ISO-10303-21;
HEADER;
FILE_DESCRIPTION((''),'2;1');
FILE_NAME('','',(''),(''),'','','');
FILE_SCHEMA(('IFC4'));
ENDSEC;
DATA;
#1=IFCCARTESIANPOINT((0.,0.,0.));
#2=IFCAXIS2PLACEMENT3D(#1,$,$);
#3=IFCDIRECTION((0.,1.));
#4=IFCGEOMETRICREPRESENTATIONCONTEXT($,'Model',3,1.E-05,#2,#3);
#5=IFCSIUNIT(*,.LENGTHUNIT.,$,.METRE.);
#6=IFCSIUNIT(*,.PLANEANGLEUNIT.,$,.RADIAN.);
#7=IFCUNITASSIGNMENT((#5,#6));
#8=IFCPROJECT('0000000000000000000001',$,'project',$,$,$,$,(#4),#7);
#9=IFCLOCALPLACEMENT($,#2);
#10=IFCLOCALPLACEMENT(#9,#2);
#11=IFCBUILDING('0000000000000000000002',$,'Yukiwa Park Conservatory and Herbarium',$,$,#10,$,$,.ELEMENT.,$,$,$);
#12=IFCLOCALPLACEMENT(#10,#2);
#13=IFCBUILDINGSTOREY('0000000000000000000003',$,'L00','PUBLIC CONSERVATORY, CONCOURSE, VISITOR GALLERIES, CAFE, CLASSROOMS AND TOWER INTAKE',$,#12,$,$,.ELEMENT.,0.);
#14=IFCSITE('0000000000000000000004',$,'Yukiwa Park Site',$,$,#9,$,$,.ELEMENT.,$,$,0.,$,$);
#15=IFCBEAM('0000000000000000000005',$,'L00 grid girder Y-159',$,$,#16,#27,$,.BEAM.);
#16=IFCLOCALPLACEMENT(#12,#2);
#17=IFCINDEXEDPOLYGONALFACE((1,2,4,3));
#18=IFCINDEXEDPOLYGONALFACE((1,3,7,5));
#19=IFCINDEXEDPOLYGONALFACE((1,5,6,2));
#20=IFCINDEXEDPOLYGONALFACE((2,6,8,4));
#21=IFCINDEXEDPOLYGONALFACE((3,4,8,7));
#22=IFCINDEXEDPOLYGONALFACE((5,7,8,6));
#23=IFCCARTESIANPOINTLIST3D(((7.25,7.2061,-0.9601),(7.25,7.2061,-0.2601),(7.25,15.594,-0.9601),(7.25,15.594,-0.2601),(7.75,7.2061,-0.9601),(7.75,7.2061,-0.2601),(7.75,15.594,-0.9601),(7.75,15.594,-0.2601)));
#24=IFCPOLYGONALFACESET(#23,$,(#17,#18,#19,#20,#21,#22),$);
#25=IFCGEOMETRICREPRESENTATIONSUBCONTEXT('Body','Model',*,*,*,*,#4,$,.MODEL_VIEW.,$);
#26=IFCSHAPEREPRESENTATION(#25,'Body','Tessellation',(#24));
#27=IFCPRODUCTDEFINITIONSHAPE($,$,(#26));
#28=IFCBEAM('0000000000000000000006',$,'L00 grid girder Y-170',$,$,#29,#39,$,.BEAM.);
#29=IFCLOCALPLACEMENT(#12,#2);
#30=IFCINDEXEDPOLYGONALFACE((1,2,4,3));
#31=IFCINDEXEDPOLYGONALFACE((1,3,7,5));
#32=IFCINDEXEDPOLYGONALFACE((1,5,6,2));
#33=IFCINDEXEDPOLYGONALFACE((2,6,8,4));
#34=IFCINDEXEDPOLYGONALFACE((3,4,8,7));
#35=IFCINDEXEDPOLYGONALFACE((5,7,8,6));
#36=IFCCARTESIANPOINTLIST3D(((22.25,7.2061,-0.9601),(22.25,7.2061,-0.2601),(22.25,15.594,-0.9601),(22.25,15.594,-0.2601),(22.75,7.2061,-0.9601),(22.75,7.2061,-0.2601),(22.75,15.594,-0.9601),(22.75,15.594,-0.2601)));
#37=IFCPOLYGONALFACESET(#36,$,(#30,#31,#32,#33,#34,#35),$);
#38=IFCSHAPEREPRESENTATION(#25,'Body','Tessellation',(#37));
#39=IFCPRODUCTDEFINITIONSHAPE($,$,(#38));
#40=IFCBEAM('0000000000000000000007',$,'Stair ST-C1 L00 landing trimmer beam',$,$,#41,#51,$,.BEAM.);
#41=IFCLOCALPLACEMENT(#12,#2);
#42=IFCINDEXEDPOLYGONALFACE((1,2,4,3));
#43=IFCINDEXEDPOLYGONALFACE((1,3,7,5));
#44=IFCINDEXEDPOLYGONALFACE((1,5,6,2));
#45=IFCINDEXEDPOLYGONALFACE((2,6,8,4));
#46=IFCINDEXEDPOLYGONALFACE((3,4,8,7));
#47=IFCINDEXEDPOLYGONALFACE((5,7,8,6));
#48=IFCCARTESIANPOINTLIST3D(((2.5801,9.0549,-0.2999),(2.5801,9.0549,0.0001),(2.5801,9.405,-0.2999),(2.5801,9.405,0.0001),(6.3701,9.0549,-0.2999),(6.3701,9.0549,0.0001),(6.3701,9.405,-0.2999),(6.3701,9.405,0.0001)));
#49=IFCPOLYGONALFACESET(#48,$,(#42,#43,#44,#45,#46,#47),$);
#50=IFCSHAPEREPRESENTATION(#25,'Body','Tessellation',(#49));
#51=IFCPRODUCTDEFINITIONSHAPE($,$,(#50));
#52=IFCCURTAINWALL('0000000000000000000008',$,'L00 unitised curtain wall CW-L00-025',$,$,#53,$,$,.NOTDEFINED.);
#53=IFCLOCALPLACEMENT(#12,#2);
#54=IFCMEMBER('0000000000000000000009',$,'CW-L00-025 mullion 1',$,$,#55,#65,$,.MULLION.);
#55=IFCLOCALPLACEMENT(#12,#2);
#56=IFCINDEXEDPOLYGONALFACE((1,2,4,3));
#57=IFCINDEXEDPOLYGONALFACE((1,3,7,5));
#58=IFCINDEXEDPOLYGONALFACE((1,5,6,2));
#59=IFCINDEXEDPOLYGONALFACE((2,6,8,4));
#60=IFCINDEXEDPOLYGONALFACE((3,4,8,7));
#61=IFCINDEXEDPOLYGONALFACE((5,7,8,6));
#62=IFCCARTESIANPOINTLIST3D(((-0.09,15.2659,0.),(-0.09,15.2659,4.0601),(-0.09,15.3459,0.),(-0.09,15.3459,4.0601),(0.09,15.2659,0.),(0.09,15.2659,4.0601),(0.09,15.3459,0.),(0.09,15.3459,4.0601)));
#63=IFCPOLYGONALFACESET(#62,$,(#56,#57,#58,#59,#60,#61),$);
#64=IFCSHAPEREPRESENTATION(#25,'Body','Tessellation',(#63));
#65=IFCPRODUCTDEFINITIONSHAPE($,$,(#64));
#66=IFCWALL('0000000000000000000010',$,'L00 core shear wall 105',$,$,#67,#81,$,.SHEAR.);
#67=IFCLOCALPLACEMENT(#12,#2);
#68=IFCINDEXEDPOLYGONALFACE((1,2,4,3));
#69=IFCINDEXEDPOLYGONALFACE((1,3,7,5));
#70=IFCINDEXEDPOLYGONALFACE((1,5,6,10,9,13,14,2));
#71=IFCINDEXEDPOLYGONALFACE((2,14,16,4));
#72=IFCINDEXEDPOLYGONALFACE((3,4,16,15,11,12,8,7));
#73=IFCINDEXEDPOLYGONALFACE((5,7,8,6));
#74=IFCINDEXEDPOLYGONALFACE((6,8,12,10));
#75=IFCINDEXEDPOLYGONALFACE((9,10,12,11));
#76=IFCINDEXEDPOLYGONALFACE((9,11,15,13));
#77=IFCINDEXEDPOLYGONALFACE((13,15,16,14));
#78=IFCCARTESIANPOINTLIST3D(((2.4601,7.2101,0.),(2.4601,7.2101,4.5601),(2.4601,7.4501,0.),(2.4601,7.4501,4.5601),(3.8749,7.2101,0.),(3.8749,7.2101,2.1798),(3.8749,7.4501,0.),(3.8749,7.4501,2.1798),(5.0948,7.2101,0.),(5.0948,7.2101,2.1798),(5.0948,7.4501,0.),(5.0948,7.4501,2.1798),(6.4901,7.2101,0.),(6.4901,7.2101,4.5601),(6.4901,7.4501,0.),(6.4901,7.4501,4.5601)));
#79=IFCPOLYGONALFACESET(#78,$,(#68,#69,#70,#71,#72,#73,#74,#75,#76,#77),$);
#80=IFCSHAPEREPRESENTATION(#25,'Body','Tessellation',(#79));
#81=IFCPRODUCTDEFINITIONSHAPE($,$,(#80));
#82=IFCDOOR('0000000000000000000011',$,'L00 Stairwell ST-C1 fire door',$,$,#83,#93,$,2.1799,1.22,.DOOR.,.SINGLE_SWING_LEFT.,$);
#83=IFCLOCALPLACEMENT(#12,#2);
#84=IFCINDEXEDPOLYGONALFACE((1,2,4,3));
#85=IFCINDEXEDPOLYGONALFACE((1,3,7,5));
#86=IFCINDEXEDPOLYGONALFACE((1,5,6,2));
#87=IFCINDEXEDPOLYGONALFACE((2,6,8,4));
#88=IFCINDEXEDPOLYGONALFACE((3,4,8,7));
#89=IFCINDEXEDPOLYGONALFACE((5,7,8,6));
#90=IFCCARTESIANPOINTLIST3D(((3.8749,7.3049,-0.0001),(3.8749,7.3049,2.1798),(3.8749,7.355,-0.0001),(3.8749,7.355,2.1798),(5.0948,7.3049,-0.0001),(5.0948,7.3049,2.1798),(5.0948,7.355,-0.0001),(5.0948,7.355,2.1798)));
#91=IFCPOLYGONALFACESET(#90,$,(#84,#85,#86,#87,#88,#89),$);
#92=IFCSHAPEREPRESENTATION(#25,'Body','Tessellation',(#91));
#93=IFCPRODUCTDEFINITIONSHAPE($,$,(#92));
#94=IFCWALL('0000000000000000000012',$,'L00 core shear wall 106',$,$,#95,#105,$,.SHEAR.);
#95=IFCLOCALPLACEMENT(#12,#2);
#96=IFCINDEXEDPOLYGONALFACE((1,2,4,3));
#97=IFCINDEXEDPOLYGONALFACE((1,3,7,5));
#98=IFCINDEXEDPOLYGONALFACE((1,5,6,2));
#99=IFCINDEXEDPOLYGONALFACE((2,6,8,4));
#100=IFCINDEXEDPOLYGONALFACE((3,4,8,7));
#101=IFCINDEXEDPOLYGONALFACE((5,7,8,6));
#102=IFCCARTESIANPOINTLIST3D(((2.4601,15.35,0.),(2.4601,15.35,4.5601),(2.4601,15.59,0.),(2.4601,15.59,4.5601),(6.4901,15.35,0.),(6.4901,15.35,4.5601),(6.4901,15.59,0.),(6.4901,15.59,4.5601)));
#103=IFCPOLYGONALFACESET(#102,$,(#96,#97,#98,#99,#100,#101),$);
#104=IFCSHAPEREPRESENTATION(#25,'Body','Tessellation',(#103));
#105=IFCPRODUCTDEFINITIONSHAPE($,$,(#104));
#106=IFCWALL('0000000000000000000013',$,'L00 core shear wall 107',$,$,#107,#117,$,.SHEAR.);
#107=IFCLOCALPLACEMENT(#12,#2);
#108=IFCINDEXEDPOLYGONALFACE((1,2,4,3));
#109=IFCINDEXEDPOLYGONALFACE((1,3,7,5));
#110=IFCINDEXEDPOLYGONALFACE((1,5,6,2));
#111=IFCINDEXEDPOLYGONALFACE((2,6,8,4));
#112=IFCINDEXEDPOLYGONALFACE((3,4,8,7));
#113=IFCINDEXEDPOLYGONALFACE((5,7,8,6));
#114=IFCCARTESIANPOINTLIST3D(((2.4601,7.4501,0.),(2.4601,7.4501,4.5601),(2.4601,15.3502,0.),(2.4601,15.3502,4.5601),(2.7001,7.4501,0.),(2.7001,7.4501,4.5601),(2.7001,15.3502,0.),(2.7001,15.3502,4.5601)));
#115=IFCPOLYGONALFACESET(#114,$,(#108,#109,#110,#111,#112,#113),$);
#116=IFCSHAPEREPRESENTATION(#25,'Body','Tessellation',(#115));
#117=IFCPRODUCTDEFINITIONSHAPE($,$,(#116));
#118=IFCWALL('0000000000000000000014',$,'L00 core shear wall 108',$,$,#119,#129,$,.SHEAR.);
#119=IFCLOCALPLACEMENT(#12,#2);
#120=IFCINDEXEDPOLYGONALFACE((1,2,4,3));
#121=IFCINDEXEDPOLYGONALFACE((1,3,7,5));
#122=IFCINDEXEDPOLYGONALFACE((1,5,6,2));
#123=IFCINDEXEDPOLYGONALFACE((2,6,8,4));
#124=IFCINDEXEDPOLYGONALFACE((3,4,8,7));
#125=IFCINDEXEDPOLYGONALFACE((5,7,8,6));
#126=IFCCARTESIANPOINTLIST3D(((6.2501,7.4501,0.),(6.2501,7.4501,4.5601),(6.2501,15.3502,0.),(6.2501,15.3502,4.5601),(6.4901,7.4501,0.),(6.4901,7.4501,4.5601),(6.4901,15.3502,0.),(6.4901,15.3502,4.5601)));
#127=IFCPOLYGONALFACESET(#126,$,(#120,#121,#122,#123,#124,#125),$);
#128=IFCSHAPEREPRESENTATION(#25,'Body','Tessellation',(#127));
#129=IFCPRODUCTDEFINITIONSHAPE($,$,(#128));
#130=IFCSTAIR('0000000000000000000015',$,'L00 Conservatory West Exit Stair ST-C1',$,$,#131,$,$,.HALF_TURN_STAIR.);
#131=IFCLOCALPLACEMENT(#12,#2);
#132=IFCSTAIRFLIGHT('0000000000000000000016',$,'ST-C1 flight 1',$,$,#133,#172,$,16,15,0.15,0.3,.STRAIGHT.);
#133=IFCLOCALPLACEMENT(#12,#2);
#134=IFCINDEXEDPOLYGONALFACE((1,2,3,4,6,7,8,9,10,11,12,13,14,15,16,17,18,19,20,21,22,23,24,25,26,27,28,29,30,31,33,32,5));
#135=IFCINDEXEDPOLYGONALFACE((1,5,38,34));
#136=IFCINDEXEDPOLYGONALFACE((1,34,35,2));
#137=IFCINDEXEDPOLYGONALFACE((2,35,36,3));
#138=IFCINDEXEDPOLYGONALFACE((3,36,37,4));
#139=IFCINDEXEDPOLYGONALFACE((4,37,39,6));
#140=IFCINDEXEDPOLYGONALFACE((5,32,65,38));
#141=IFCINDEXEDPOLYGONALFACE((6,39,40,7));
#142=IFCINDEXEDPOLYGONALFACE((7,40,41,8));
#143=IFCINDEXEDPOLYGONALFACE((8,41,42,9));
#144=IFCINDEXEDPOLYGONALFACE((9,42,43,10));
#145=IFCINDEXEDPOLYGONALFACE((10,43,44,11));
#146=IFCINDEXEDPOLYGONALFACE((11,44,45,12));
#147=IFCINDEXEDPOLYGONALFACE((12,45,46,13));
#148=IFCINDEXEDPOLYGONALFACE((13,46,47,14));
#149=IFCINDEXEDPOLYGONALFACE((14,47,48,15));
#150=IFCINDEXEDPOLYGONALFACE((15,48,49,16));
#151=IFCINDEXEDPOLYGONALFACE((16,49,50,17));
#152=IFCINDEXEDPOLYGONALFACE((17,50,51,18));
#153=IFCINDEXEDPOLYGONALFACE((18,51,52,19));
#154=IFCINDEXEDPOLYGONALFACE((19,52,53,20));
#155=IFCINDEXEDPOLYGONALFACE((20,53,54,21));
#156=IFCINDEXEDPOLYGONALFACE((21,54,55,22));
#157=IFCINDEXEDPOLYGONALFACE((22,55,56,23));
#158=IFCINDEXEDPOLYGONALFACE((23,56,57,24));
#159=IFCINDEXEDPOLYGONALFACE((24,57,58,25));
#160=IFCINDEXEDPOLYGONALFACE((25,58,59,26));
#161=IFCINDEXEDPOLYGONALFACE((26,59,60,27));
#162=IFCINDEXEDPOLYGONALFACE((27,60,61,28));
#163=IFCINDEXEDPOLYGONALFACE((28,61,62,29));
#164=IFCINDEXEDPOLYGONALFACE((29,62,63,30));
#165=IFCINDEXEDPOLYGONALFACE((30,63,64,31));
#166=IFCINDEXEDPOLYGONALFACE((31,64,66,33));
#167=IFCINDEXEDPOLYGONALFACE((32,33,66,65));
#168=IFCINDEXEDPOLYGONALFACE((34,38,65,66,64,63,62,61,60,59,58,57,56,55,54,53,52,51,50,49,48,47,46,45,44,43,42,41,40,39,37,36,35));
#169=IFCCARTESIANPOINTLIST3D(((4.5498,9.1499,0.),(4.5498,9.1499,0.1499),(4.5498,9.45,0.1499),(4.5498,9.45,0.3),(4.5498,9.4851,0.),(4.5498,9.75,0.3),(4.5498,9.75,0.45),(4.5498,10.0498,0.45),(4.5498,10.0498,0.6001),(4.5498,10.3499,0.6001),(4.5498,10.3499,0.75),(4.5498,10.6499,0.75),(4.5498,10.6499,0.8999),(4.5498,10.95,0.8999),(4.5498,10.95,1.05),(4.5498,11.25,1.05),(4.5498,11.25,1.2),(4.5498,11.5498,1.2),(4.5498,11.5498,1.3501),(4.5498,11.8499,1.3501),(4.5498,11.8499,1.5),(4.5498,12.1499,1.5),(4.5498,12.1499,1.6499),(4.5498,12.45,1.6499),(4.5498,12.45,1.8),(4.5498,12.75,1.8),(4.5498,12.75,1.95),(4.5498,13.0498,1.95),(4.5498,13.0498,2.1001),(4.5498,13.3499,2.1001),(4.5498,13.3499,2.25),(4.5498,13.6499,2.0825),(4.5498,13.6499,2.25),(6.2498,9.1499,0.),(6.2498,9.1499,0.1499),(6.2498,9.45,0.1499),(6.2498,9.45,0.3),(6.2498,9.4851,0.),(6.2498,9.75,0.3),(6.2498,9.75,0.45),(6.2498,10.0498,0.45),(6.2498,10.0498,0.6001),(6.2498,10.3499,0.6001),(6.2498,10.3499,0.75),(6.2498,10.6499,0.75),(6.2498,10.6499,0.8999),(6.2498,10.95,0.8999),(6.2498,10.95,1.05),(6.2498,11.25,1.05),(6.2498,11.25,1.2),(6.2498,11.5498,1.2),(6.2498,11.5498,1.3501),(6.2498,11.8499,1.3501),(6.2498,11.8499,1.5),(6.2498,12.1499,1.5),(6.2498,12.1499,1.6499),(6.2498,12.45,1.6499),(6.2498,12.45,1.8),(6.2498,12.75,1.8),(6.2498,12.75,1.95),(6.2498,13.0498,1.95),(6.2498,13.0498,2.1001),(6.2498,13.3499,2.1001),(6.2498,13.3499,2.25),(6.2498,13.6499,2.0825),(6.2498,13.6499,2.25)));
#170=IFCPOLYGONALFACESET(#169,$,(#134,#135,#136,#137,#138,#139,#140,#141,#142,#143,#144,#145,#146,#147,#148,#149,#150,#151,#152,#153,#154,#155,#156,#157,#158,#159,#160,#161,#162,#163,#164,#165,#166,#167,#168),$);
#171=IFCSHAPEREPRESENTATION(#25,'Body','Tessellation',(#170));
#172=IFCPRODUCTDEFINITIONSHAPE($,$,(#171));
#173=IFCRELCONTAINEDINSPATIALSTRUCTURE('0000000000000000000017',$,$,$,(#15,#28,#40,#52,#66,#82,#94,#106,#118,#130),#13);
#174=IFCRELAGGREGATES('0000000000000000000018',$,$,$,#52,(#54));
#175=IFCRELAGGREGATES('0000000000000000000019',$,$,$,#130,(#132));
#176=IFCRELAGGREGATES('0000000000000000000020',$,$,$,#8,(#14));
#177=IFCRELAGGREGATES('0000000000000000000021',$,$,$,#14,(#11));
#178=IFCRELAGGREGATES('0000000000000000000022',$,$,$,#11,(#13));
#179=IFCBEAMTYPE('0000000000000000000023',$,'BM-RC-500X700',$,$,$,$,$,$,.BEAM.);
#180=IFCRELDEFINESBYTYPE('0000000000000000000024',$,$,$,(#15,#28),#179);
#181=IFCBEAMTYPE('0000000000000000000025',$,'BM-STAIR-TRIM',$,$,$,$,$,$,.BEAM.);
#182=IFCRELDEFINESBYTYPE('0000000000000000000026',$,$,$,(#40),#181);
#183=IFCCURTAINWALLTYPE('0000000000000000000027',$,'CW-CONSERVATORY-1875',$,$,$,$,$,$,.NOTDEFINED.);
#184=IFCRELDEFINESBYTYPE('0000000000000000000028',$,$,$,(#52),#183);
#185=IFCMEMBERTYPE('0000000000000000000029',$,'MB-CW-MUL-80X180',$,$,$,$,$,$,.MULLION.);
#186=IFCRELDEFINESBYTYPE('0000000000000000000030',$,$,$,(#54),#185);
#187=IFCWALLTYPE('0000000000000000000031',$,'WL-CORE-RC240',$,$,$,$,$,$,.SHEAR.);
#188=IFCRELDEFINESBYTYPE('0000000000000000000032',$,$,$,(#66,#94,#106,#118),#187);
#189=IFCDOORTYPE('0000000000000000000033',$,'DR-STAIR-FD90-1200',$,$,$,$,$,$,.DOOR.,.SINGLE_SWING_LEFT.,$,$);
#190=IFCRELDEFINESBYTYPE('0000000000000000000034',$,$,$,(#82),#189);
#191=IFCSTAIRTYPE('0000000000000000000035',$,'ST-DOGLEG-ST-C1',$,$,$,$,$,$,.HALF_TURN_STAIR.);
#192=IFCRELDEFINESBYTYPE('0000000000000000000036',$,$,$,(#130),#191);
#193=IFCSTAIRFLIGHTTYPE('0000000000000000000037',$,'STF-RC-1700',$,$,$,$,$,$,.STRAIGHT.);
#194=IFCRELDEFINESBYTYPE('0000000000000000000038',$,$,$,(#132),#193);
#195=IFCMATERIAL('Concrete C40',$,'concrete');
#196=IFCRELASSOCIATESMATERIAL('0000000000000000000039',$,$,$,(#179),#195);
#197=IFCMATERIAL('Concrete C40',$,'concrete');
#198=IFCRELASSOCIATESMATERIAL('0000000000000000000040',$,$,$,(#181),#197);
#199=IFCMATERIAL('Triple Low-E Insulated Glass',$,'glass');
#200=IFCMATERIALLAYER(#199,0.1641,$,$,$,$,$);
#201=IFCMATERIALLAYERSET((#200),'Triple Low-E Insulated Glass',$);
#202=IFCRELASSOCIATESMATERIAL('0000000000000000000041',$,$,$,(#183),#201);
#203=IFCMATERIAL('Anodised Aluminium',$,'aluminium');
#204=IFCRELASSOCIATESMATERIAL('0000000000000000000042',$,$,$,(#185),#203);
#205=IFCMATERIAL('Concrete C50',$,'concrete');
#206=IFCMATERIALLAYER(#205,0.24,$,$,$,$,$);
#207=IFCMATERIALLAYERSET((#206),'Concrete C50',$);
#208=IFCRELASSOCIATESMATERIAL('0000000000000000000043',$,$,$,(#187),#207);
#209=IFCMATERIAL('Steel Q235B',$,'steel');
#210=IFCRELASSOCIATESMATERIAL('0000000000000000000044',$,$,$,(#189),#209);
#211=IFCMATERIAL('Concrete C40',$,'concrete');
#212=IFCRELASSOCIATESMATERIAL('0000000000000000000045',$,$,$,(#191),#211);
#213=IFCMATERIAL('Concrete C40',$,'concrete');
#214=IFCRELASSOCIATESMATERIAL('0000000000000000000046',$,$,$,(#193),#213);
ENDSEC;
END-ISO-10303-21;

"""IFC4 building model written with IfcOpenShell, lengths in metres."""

from ifc_helpers import new_model, si_unit, direction, frame, frame_2d, origin, origin_2d, place, context, subcontext, project, spatial, polyline, rectangle, outline, extrude, material, layer, layer_set, material_profile, profile_set, type_object, element, fill, aggregate, save


model = new_model("IFC4")

# Units and contexts
model_context = context("Model", 3, precision=1e-05, world=origin(), true_north=direction((0.0, 1.0)))
body_context = subcontext(model_context, "Body", "Model", "MODEL_VIEW")
ifc_project = project(units=[si_unit("LENGTHUNIT", "METRE"), si_unit("PLANEANGLEUNIT", "RADIAN")], contexts=[model_context])

# Site, building, storey
site_placement = place(None, origin())
site = spatial("IfcSite", under=ifc_project, at=site_placement, Name="Yukiwa Park Site", CompositionType="ELEMENT", RefElevation=0.0)
building_placement = place(site_placement, origin())
building = spatial("IfcBuilding", under=site, at=building_placement, Name="Yukiwa Park Conservatory and Herbarium", CompositionType="ELEMENT")
storey_placement = place(building_placement, origin())
storey = spatial("IfcBuildingStorey", under=building, at=storey_placement, Name="L00", Description="PUBLIC CONSERVATORY, CONCOURSE, VISITOR GALLERIES, CAFE, CLASSROOMS AND TOWER INTAKE", CompositionType="ELEMENT", Elevation=0.0)

# Beams
ifc_material_1 = material(Name="Concrete C40", Category="concrete")
ifc_material_profile_1 = material_profile(ifc_material_1, rectangle(XDim=0.5, YDim=0.7, at=origin_2d()), Name="RC 500x700")
ifc_profile_set_1 = profile_set([ifc_material_profile_1], Name="Concrete C40")
beam_type_1 = type_object("IfcBeamType", Name="BM-RC-500X700", PredefinedType="BEAM", material=ifc_profile_set_1)
for number, where, z_axis, x_axis, name in (
    (1, (7.5, 7.2061, -0.6101), (0.0, 1.0, 0.0), (-1.0, 0.0, 0.0), "L00 grid girder Y-159"),
    (2, (22.5, 7.2061, -0.6101), (0.0, 1.0, 0.0), (-1.0, 0.0, 0.0), "L00 grid girder Y-170"),
):
    element("IfcBeam", number, at=place(storey_placement, frame(where, z_axis=z_axis, x_axis=x_axis)), inside=storey, type_object=beam_type_1, Name=name, PredefinedType="BEAM", context=body_context, shape_type="SweptSolid", body=[
        extrude(rectangle(XDim=0.5, YDim=0.7, at=origin_2d()), origin(), (0.0, 0.0, 1.0), 8.3879),
    ])
ifc_material_2 = material(Name="Concrete C40", Category="concrete")
ifc_material_profile_2 = material_profile(ifc_material_2, rectangle(XDim=0.3501, YDim=0.3, at=origin_2d()), Name="RC 350x300")
ifc_profile_set_2 = profile_set([ifc_material_profile_2], Name="Concrete C40")
beam_type_2 = type_object("IfcBeamType", Name="BM-STAIR-TRIM", PredefinedType="BEAM", material=ifc_profile_set_2)
beam_placement = place(storey_placement, frame((2.5801, 9.23, -0.1499), z_axis=(1.0, 0.0, 0.0), x_axis=(0.0, 1.0, 0.0)))
element("IfcBeam", 3, at=beam_placement, inside=storey, type_object=beam_type_2, Name="Stair ST-C1 L00 landing trimmer beam", PredefinedType="BEAM", context=body_context, shape_type="SweptSolid", body=[
    extrude(rectangle(XDim=0.3501, YDim=0.3, at=origin_2d()), origin(), (0.0, 0.0, 1.0), 3.79),
])

# Curtain wall, member
ifc_material_3 = material(Name="Triple Low-E Insulated Glass", Category="glass")
ifc_layer_1 = layer(ifc_material_3, 0.1641)
ifc_layer_set_1 = layer_set([ifc_layer_1], Name="Triple Low-E Insulated Glass")
curtain_wall_type = type_object("IfcCurtainWallType", Name="CW-CONSERVATORY-1875", PredefinedType="NOTDEFINED", material=ifc_layer_set_1)
curtain_wall_placement = place(storey_placement, origin())
curtain_wall = element("IfcCurtainWall", 4, at=curtain_wall_placement, inside=storey, type_object=curtain_wall_type, Name="L00 unitised curtain wall CW-L00-025", PredefinedType="NOTDEFINED")
ifc_material_4 = material(Name="Anodised Aluminium", Category="aluminium")
member_type = type_object("IfcMemberType", Name="MB-CW-MUL-80X180", PredefinedType="MULLION", material=ifc_material_4)
member_placement = place(storey_placement, frame((0.0, 15.3059, 0.0), z_axis=(0.0, 0.0, 1.0), x_axis=(0.0, -1.0, 0.0)))
member = element("IfcMember", 5, at=member_placement, type_object=member_type, Name="CW-L00-025 mullion 1", PredefinedType="MULLION", context=body_context, shape_type="SweptSolid", body=[
    extrude(rectangle(XDim=0.0801, YDim=0.1799, at=origin_2d()), origin(), (0.0, 0.0, 1.0), 4.0601),
])
aggregate(curtain_wall, [member])

# Wall, opening, door
ifc_material_5 = material(Name="Concrete C50", Category="concrete")
ifc_layer_2 = layer(ifc_material_5, 0.24)
ifc_layer_set_2 = layer_set([ifc_layer_2], Name="Concrete C50")
wall_type = type_object("IfcWallType", Name="WL-CORE-RC240", PredefinedType="SHEAR", material=ifc_layer_set_2)
wall_1_placement = place(storey_placement, frame((2.46, 7.3301, 0.0), z_axis=(0.0, 0.0, 1.0), x_axis=(1.0, 0.0, 0.0)))
wall_1 = element("IfcWall", 6, at=wall_1_placement, inside=storey, type_object=wall_type, Name="L00 core shear wall 105", PredefinedType="SHEAR", context=body_context, shape_type="SweptSolid", body=[
    extrude(rectangle(XDim=4.03, YDim=0.24, at=frame_2d((2.0151, 0.0))), origin(), (0.0, 0.0, 1.0), 4.5601),
])
opening_placement = place(wall_1_placement, frame((1.415, 0.0, 0.0)))
opening = element("IfcOpeningElement", 7, at=opening_placement, cuts=wall_1, PredefinedType="OPENING", context=body_context, shape_type="SweptSolid", body=[
    extrude(rectangle(XDim=1.22, YDim=2.1799, at=frame_2d((0.6099, 1.0898))), frame((0.0, 0.1299, 0.0), z_axis=(0.0, -1.0, 0.0), x_axis=(1.0, 0.0, 0.0)), (0.0, 0.0, 1.0), 0.26),
])
ifc_material_6 = material(Name="Steel Q235B", Category="steel")
door_type = type_object("IfcDoorType", Name="DR-STAIR-FD90-1200", OperationType="SINGLE_SWING_LEFT", PredefinedType="DOOR", material=ifc_material_6)
door_placement = place(opening_placement, origin())
door = element("IfcDoor", 8, at=door_placement, inside=storey, type_object=door_type, Name="L00 Stairwell ST-C1 fire door", OperationType="SINGLE_SWING_LEFT", OverallHeight=2.1799, OverallWidth=1.22, PredefinedType="DOOR", context=body_context, shape_type="SweptSolid", body=[
    extrude(rectangle(XDim=1.22, YDim=2.1799, at=frame_2d((0.6099, 1.0898))), frame((0.0, 0.0249, 0.0), z_axis=(0.0, -1.0, 0.0), x_axis=(1.0, 0.0, 0.0)), (0.0, 0.0, 1.0), 0.05),
])
fill(opening, door)

# Walls
wall_2_placement = place(storey_placement, frame((2.46, 15.47, 0.0), z_axis=(0.0, 0.0, 1.0), x_axis=(1.0, 0.0, 0.0)))
element("IfcWall", 9, at=wall_2_placement, inside=storey, type_object=wall_type, Name="L00 core shear wall 106", PredefinedType="SHEAR", context=body_context, shape_type="SweptSolid", body=[
    extrude(rectangle(XDim=4.03, YDim=0.24, at=frame_2d((2.0151, 0.0))), origin(), (0.0, 0.0, 1.0), 4.5601),
])
for number, where, z_axis, x_axis, name in (
    (10, (2.5801, 7.45, 0.0), (0.0, 0.0, 1.0), (0.0, 1.0, 0.0), "L00 core shear wall 107"),
    (11, (6.3701, 7.45, 0.0), (0.0, 0.0, 1.0), (0.0, 1.0, 0.0), "L00 core shear wall 108"),
):
    element("IfcWall", number, at=place(storey_placement, frame(where, z_axis=z_axis, x_axis=x_axis)), inside=storey, type_object=wall_type, Name=name, PredefinedType="SHEAR", context=body_context, shape_type="SweptSolid", body=[
        extrude(rectangle(XDim=7.9001, YDim=0.24, at=frame_2d((3.9502, 0.0))), origin(), (0.0, 0.0, 1.0), 4.5601),
    ])

# Stair, stair flight
ifc_material_7 = material(Name="Concrete C40", Category="concrete")
stair_type = type_object("IfcStairType", Name="ST-DOGLEG-ST-C1", PredefinedType="HALF_TURN_STAIR", material=ifc_material_7)
stair_placement = place(storey_placement, origin())
stair = element("IfcStair", 12, at=stair_placement, inside=storey, type_object=stair_type, Name="L00 Conservatory West Exit Stair ST-C1", PredefinedType="HALF_TURN_STAIR")
ifc_material_8 = material(Name="Concrete C40", Category="concrete")
stair_flight_type = type_object("IfcStairFlightType", Name="STF-RC-1700", PredefinedType="STRAIGHT", material=ifc_material_8)
stair_flight_1_placement = place(storey_placement, frame((5.3999, 9.1499, 0.0), z_axis=(0.0, 0.0, 1.0), x_axis=(0.0, 1.0, 0.0)))
stair_flight_1 = element("IfcStairFlight", 13, at=stair_flight_1_placement, type_object=stair_flight_type, Name="ST-C1 flight 1", NumberOfRisers=16, NumberOfTreads=15, PredefinedType="STRAIGHT", RiserHeight=0.15, TreadLength=0.3, context=body_context, shape_type="SweptSolid", body=[
    extrude(outline(polyline([(0.0, 0.0), (0.0, 0.1499), (0.3, 0.1499), (0.3, 0.3), (0.6001, 0.3), (0.6001, 0.45), (0.8999, 0.45), (0.8999, 0.6001), (1.2, 0.6001), (1.2, 0.75), (1.5, 0.75), (1.5, 0.8999), (1.8, 0.8999), (1.8, 1.05), (2.1001, 1.05), (2.1001, 1.2), (2.3999, 1.2), (2.3999, 1.3501), (2.7, 1.3501), (2.7, 1.5), (3.0, 1.5), (3.0, 1.6499), (3.3, 1.6499), (3.3, 1.8), (3.6001, 1.8), (3.6001, 1.95), (3.8999, 1.95), (3.8999, 2.1001), (4.2, 2.1001), (4.2, 2.25), (4.5, 2.25), (4.5, 2.3999), (4.5, 2.0825), (0.3352, 0.0), (0.0, 0.0)])), frame((0.0, 0.8501, 0.0), z_axis=(0.0, -1.0, 0.0), x_axis=(1.0, 0.0, 0.0)), (0.0, 0.0, 1.0), 1.7),
])
aggregate(stair, [stair_flight_1])

save(model, "model.ifc")
